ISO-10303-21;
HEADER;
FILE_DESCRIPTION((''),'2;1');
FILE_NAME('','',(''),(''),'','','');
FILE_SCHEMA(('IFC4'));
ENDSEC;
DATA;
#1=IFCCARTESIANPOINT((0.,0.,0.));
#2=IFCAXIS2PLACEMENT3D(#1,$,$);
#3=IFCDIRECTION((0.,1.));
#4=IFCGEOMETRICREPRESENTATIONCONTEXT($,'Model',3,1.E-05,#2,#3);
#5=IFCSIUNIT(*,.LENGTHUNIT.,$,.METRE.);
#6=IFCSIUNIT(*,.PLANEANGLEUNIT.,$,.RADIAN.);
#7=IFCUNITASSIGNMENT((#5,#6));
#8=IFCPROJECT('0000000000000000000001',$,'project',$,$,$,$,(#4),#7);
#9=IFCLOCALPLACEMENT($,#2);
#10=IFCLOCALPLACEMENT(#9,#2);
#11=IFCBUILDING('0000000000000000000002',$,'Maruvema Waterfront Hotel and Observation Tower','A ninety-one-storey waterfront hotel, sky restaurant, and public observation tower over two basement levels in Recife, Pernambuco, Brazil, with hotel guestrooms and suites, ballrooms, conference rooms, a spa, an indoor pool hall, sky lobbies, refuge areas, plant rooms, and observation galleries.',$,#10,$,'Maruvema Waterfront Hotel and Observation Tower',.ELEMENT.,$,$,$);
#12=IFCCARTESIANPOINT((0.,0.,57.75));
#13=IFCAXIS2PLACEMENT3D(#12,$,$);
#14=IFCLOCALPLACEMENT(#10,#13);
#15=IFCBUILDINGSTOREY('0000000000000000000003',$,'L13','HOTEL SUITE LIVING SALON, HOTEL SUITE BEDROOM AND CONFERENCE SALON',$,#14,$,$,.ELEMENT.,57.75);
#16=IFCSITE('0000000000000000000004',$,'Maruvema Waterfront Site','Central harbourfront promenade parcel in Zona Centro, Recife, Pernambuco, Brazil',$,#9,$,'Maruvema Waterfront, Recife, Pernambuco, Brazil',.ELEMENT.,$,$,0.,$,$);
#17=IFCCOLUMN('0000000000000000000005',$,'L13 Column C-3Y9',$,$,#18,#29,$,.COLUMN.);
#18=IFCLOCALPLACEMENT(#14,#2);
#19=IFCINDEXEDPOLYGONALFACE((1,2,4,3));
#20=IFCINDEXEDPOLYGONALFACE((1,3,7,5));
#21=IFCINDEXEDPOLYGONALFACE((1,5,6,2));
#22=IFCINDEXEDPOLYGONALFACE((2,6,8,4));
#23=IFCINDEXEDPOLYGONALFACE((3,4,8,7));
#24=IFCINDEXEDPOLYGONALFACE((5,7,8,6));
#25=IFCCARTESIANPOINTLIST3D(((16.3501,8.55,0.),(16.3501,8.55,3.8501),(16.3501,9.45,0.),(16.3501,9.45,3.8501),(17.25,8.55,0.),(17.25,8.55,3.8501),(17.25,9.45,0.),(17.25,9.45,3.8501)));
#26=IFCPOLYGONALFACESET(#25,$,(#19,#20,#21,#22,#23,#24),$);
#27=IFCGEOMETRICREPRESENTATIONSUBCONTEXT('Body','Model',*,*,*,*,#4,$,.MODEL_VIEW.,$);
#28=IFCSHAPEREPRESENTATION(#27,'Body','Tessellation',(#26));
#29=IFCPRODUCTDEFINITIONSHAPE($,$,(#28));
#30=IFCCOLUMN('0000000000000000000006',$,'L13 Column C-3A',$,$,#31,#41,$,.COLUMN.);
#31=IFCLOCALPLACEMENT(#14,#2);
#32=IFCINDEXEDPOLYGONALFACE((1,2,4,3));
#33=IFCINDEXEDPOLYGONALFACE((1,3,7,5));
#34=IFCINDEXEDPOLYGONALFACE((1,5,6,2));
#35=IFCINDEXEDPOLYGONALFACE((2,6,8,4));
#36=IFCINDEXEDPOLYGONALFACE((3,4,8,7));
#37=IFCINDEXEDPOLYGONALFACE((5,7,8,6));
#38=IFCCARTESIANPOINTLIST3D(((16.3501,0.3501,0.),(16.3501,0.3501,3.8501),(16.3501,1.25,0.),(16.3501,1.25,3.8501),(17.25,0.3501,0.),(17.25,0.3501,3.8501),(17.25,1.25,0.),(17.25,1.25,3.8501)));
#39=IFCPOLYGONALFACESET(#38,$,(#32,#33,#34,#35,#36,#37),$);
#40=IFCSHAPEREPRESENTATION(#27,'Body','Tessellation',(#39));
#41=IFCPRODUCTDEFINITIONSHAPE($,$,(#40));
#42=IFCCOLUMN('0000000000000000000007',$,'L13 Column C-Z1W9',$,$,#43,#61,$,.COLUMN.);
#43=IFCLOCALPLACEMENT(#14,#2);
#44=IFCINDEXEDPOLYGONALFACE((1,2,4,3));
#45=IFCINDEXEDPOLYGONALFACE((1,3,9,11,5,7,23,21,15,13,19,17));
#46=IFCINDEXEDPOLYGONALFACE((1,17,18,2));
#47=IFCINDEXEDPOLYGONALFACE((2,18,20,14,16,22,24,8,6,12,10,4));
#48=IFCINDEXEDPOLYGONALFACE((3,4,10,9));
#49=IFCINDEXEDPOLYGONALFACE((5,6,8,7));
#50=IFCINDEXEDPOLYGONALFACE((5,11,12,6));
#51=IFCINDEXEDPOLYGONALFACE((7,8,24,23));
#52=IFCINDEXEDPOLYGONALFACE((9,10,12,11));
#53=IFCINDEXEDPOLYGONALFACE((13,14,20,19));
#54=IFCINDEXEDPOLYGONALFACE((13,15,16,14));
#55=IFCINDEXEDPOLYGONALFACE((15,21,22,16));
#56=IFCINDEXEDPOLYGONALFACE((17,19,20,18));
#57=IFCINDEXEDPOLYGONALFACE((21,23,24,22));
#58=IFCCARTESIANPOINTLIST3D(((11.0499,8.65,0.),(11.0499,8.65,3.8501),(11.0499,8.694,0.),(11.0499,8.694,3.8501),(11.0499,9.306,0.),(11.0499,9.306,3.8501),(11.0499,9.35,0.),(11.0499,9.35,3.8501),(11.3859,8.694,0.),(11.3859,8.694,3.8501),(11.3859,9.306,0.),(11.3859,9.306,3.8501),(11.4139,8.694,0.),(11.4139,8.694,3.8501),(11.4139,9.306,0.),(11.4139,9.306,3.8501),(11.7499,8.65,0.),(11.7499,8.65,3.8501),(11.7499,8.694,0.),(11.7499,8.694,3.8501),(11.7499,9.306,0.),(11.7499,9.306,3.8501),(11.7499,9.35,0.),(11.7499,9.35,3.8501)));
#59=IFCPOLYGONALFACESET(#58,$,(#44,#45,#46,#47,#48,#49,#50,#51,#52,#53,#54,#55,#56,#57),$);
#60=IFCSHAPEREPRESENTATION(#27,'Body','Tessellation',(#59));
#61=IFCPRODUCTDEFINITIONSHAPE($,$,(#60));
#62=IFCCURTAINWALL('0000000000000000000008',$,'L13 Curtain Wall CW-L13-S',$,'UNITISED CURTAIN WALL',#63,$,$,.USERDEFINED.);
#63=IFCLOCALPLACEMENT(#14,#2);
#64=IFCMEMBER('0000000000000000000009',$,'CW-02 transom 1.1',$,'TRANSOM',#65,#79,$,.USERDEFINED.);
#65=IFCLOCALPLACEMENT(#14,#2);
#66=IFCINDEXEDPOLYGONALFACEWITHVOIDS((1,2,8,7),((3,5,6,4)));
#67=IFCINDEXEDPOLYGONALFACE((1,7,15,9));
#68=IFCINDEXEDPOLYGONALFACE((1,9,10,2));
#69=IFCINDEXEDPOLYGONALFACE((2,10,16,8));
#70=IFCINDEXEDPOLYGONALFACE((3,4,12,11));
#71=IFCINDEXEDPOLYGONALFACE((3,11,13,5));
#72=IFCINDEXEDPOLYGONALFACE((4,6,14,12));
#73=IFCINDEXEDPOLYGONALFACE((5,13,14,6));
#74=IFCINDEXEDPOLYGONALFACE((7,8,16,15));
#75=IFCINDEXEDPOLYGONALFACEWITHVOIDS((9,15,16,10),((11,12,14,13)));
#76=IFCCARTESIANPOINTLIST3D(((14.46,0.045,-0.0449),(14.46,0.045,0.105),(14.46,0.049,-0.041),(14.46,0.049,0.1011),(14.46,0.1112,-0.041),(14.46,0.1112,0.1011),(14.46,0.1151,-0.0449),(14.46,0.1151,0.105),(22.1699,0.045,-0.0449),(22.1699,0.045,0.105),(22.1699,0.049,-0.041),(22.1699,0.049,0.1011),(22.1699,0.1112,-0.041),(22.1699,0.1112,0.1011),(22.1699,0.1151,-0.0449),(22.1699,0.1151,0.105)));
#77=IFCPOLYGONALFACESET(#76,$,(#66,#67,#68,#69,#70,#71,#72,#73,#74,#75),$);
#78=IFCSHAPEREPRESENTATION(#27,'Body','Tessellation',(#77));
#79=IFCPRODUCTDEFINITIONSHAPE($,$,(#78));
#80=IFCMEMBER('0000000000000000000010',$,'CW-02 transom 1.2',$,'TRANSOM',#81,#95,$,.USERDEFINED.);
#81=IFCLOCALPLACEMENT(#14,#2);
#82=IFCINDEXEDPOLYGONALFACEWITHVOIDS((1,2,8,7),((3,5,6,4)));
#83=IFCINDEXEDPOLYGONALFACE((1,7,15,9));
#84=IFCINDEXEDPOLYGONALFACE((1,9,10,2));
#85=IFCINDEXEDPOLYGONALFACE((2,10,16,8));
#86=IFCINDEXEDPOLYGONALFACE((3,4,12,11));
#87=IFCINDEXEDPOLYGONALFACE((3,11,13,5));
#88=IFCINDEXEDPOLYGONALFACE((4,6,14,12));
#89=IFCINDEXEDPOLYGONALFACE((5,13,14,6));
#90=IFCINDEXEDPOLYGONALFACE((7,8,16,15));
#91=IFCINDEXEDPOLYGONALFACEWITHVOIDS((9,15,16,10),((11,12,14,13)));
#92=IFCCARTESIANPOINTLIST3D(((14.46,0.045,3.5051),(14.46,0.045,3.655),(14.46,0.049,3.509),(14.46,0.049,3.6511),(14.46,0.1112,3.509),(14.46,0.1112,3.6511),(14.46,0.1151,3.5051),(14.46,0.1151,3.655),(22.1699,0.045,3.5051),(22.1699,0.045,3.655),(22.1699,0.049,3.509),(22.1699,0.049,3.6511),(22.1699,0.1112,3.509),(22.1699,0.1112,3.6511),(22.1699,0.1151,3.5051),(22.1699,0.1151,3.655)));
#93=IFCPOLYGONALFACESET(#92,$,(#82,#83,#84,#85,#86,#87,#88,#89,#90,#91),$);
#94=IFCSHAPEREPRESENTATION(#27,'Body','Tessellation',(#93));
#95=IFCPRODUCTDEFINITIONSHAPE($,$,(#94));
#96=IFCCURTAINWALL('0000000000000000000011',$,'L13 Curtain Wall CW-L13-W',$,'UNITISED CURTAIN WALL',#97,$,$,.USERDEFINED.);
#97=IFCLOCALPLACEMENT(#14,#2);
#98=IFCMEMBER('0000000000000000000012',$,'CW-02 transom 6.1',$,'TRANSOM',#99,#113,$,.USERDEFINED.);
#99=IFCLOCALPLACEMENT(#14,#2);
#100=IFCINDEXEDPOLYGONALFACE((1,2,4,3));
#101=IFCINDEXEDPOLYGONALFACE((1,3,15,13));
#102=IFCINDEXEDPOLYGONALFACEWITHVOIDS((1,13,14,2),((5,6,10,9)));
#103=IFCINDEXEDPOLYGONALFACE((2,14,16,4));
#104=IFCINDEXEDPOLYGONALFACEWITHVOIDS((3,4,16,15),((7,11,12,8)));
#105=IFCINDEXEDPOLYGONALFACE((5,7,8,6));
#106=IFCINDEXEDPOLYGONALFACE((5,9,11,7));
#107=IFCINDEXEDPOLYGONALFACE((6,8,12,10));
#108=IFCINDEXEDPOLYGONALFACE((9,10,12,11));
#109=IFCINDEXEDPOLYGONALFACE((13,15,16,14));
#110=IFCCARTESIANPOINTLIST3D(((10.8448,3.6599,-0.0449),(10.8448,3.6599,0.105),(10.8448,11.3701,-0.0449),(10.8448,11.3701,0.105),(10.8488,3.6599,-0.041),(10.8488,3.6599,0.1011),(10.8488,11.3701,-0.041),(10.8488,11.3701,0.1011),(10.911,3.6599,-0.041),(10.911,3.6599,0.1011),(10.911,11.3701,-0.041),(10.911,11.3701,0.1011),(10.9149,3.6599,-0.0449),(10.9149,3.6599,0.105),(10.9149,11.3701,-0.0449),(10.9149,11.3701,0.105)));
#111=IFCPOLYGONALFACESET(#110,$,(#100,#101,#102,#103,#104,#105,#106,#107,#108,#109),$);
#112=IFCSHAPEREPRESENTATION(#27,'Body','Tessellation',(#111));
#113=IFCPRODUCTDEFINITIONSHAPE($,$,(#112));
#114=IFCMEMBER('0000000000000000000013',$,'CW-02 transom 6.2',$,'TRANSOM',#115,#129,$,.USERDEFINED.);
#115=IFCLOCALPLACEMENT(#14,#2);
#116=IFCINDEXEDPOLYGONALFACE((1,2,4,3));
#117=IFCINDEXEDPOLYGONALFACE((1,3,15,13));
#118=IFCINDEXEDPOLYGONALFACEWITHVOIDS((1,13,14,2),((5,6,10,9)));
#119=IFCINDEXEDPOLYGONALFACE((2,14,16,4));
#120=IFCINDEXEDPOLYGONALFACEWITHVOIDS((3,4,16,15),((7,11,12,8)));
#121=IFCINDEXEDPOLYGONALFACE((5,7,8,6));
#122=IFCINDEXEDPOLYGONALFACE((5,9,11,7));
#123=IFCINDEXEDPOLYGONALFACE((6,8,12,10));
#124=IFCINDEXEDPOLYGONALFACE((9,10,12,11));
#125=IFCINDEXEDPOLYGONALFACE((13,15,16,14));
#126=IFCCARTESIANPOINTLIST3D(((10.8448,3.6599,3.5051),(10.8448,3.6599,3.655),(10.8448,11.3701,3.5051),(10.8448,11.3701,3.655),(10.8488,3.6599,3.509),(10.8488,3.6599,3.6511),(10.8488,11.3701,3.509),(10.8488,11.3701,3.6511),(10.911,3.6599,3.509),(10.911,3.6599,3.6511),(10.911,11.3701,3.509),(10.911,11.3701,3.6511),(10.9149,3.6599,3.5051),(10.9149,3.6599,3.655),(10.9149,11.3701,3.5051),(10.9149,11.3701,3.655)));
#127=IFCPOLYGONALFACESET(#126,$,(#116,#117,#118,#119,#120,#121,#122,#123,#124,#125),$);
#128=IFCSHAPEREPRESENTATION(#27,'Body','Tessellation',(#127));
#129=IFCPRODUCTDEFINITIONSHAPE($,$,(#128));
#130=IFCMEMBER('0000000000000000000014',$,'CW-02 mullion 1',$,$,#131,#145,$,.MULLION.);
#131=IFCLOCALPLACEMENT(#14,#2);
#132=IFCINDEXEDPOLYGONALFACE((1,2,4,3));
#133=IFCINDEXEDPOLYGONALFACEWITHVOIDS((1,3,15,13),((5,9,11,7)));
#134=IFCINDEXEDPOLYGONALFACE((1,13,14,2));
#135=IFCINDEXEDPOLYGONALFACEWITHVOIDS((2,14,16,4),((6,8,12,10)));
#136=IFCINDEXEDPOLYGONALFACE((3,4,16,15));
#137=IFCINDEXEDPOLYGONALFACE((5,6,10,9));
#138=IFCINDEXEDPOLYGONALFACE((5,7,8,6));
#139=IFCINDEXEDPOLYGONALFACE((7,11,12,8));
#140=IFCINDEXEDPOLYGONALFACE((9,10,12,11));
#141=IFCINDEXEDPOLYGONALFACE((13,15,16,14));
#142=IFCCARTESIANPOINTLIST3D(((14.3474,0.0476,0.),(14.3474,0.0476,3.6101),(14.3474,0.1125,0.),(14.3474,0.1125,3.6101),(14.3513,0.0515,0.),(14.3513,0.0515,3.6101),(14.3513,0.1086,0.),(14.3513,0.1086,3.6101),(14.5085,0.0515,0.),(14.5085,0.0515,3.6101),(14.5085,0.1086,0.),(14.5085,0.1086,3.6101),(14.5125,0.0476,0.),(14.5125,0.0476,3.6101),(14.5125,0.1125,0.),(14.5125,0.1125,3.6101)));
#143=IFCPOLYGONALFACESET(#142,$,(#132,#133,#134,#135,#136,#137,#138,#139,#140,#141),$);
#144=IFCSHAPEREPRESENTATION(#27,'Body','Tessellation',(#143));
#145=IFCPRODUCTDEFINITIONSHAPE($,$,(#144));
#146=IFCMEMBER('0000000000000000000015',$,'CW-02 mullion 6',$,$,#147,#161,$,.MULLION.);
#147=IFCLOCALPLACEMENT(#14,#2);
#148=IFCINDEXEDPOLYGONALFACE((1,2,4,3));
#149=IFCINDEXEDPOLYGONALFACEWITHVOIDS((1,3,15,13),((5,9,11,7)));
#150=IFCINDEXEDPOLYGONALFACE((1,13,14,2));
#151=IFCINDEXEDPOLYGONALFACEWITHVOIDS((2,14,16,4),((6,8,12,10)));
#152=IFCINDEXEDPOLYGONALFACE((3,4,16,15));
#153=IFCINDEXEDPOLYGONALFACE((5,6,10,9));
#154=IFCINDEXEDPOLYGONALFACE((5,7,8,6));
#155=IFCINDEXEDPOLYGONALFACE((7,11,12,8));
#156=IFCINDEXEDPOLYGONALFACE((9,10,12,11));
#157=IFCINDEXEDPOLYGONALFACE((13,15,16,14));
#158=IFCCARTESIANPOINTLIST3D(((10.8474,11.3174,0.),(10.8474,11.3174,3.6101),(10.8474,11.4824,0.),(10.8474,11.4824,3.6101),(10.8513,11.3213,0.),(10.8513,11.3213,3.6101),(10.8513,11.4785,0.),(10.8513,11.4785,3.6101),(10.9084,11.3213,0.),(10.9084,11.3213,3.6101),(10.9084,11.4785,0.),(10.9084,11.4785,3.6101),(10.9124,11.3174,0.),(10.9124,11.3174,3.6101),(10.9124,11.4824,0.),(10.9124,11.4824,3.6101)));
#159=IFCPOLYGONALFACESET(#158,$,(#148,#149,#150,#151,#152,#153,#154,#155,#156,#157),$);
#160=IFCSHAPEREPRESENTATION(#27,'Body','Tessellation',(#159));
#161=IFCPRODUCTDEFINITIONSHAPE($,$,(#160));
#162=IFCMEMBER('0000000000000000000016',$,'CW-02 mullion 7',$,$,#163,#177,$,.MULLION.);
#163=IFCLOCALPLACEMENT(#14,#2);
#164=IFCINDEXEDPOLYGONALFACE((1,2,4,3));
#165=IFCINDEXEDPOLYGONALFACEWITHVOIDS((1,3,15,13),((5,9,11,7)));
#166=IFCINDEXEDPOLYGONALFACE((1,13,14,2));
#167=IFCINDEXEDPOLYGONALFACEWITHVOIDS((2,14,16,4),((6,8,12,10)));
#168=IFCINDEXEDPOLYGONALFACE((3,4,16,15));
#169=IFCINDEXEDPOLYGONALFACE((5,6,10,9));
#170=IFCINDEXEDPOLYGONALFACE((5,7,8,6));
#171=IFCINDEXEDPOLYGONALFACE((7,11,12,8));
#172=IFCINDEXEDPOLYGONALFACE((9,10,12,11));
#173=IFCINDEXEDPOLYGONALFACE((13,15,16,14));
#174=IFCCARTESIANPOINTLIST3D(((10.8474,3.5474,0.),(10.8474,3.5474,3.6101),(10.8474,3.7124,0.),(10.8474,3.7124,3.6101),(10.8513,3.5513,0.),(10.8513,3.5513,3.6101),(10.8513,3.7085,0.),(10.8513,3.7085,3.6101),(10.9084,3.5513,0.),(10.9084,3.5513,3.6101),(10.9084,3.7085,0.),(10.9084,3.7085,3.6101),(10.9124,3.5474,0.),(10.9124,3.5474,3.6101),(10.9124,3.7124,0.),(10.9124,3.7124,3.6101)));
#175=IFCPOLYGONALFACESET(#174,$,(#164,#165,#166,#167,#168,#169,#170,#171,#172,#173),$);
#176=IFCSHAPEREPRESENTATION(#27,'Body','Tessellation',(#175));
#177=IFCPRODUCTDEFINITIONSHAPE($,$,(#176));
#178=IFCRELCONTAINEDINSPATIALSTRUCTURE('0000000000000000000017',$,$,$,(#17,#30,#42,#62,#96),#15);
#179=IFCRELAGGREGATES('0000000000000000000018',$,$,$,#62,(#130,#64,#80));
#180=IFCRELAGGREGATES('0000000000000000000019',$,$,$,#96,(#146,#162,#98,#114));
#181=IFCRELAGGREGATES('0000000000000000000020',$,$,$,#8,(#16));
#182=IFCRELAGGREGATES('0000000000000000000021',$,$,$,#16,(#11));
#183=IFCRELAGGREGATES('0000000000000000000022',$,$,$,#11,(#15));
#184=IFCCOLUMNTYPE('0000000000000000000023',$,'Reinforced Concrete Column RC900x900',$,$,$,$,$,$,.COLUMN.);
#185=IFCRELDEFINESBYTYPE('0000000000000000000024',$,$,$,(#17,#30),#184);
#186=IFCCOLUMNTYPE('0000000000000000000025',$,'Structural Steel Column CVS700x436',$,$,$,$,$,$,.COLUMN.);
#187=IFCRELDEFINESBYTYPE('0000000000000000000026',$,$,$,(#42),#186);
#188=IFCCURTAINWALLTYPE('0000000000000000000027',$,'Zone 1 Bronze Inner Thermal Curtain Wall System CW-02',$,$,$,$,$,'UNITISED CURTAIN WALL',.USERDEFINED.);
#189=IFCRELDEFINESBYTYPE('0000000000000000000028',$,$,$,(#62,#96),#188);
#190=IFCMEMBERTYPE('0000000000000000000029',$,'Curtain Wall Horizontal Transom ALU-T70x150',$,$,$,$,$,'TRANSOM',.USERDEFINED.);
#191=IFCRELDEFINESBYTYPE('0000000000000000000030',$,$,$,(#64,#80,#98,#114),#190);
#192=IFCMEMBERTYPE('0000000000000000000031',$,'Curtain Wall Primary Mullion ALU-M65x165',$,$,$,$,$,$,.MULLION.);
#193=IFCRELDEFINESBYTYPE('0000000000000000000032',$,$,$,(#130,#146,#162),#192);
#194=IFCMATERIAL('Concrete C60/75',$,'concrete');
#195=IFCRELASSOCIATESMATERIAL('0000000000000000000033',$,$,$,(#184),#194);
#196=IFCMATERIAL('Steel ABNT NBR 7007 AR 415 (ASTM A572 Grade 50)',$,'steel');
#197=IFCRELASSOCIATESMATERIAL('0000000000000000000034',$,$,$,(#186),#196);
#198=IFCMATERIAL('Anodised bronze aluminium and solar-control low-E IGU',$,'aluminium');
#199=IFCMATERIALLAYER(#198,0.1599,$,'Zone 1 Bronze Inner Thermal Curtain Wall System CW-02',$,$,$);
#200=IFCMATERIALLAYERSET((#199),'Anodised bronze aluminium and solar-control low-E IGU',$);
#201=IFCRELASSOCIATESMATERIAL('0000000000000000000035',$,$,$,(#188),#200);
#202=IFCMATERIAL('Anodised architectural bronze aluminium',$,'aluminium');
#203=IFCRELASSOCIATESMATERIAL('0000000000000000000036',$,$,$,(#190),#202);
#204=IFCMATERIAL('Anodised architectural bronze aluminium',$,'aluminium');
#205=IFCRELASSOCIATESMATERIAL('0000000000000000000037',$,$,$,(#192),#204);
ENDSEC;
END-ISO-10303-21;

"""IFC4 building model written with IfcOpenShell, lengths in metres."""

from ifc_helpers import new_model, si_unit, direction, frame, origin, origin_2d, place, context, subcontext, project, spatial, rectangle, hollow_rectangle, i_section, extrude, material, layer, layer_set, material_profile, profile_set, type_object, element, aggregate, save


model = new_model("IFC4")

# Units and contexts
model_context = context("Model", 3, precision=1e-05, world=origin(), true_north=direction((0.0, 1.0)))
body_context = subcontext(model_context, "Body", "Model", "MODEL_VIEW")
ifc_project = project(units=[si_unit("LENGTHUNIT", "METRE"), si_unit("PLANEANGLEUNIT", "RADIAN")], contexts=[model_context])

# Site, building, storey
site_placement = place(None, origin())
site = spatial("IfcSite", under=ifc_project, at=site_placement, Name="Maruvema Waterfront Site", Description="Central harbourfront promenade parcel in Zona Centro, Recife, Pernambuco, Brazil", LongName="Maruvema Waterfront, Recife, Pernambuco, Brazil", CompositionType="ELEMENT", RefElevation=0.0)
building_placement = place(site_placement, origin())
building = spatial("IfcBuilding", under=site, at=building_placement, Name="Maruvema Waterfront Hotel and Observation Tower", Description="A ninety-one-storey waterfront hotel, sky restaurant, and public observation tower over two basement levels in Recife, Pernambuco, Brazil, with hotel guestrooms and suites, ballrooms, conference rooms, a spa, an indoor pool hall, sky lobbies, refuge areas, plant rooms, and observation galleries.", LongName="Maruvema Waterfront Hotel and Observation Tower", CompositionType="ELEMENT")
storey_placement = place(building_placement, frame((0.0, 0.0, 57.75)))
storey = spatial("IfcBuildingStorey", under=building, at=storey_placement, Name="L13", Description="HOTEL SUITE LIVING SALON, HOTEL SUITE BEDROOM AND CONFERENCE SALON", CompositionType="ELEMENT", Elevation=57.75)

# Columns
ifc_material_1 = material(Name="Concrete C60/75", Category="concrete")
ifc_material_profile_1 = material_profile(ifc_material_1, rectangle(XDim=0.8999, YDim=0.8999, at=origin_2d()), Name="RC900x900")
ifc_profile_set_1 = profile_set([ifc_material_profile_1], Name="Concrete C60/75")
column_type_1 = type_object("IfcColumnType", Name="Reinforced Concrete Column RC900x900", PredefinedType="COLUMN", material=ifc_profile_set_1)
for number, where, z_axis, x_axis, name in (
    (1, (16.8, 9.0, 0.0), (0.0, 0.0, 1.0), (1.0, 0.0, 0.0), "L13 Column C-3Y9"),
    (2, (16.8, 0.8, 0.0), (0.0, 0.0, 1.0), (1.0, 0.0, 0.0), "L13 Column C-3A"),
):
    element("IfcColumn", number, at=place(storey_placement, frame(where, z_axis=z_axis, x_axis=x_axis)), inside=storey, type_object=column_type_1, Name=name, PredefinedType="COLUMN", context=body_context, shape_type="SweptSolid", body=[
        extrude(rectangle(XDim=0.8999, YDim=0.8999, at=origin_2d()), origin(), (0.0, 0.0, 1.0), 3.8501),
    ])
ifc_material_2 = material(Name="Steel ABNT NBR 7007 AR 415 (ASTM A572 Grade 50)", Category="steel")
ifc_material_profile_2 = material_profile(ifc_material_2, i_section(OverallWidth=0.7, OverallDepth=0.7, WebThickness=0.0281, FlangeThickness=0.0439, at=origin_2d()), Name="CVS700x436")
ifc_profile_set_2 = profile_set([ifc_material_profile_2], Name="Steel ABNT NBR 7007 AR 415 (ASTM A572 Grade 50)")
column_type_2 = type_object("IfcColumnType", Name="Structural Steel Column CVS700x436", PredefinedType="COLUMN", material=ifc_profile_set_2)
column_placement = place(storey_placement, frame((11.3999, 9.0, 0.0), z_axis=(0.0, 0.0, 1.0), x_axis=(1.0, 0.0, 0.0)))
element("IfcColumn", 3, at=column_placement, inside=storey, type_object=column_type_2, Name="L13 Column C-Z1W9", PredefinedType="COLUMN", context=body_context, shape_type="SweptSolid", body=[
    extrude(i_section(OverallWidth=0.7, OverallDepth=0.7, WebThickness=0.0281, FlangeThickness=0.0439, at=origin_2d()), origin(), (0.0, 0.0, 1.0), 3.8501),
])

# Curtain walls, members
ifc_material_3 = material(Name="Anodised bronze aluminium and solar-control low-E IGU", Category="aluminium")
ifc_layer_1 = layer(ifc_material_3, 0.1599, Name="Zone 1 Bronze Inner Thermal Curtain Wall System CW-02")
ifc_layer_set_1 = layer_set([ifc_layer_1], Name="Anodised bronze aluminium and solar-control low-E IGU")
curtain_wall_type = type_object("IfcCurtainWallType", Name="Zone 1 Bronze Inner Thermal Curtain Wall System CW-02", ElementType="UNITISED CURTAIN WALL", PredefinedType="USERDEFINED", material=ifc_layer_set_1)
curtain_wall_1_placement = place(storey_placement, origin())
curtain_wall_1 = element("IfcCurtainWall", 4, at=curtain_wall_1_placement, inside=storey, type_object=curtain_wall_type, Name="L13 Curtain Wall CW-L13-S", ObjectType="UNITISED CURTAIN WALL", PredefinedType="USERDEFINED")
ifc_material_4 = material(Name="Anodised architectural bronze aluminium", Category="aluminium")
ifc_material_profile_3 = material_profile(ifc_material_4, hollow_rectangle(XDim=0.0701, YDim=0.1499, WallThickness=0.0039, at=origin_2d()), Name="ALU-T70x150")
ifc_profile_set_3 = profile_set([ifc_material_profile_3], Name="Anodised architectural bronze aluminium")
member_type_1 = type_object("IfcMemberType", Name="Curtain Wall Horizontal Transom ALU-T70x150", ElementType="TRANSOM", PredefinedType="USERDEFINED", material=ifc_profile_set_3)
member_1_placement = place(storey_placement, frame((14.46, 0.0801, 0.03), z_axis=(1.0, 0.0, 0.0), x_axis=(0.0, 1.0, 0.0)))
member_1 = element("IfcMember", 5, at=member_1_placement, type_object=member_type_1, Name="CW-02 transom 1.1", ObjectType="TRANSOM", PredefinedType="USERDEFINED", context=body_context, shape_type="SweptSolid", body=[
    extrude(hollow_rectangle(XDim=0.0701, YDim=0.1499, WallThickness=0.0039, at=origin_2d()), origin(), (0.0, 0.0, 1.0), 7.71),
])
member_2_placement = place(storey_placement, frame((14.46, 0.0801, 3.5801), z_axis=(1.0, 0.0, 0.0), x_axis=(0.0, 1.0, 0.0)))
member_2 = element("IfcMember", 6, at=member_2_placement, type_object=member_type_1, Name="CW-02 transom 1.2", ObjectType="TRANSOM", PredefinedType="USERDEFINED", context=body_context, shape_type="SweptSolid", body=[
    extrude(hollow_rectangle(XDim=0.0701, YDim=0.1499, WallThickness=0.0039, at=origin_2d()), origin(), (0.0, 0.0, 1.0), 7.71),
])
curtain_wall_2_placement = place(storey_placement, origin())
curtain_wall_2 = element("IfcCurtainWall", 7, at=curtain_wall_2_placement, inside=storey, type_object=curtain_wall_type, Name="L13 Curtain Wall CW-L13-W", ObjectType="UNITISED CURTAIN WALL", PredefinedType="USERDEFINED")
member_3_placement = place(storey_placement, frame((10.8799, 11.3701, 0.03), z_axis=(0.0, -1.0, 0.0), x_axis=(1.0, 0.0, 0.0)))
member_3 = element("IfcMember", 8, at=member_3_placement, type_object=member_type_1, Name="CW-02 transom 6.1", ObjectType="TRANSOM", PredefinedType="USERDEFINED", context=body_context, shape_type="SweptSolid", body=[
    extrude(hollow_rectangle(XDim=0.0701, YDim=0.1499, WallThickness=0.0039, at=origin_2d()), origin(), (0.0, 0.0, 1.0), 7.7102),
])
member_4_placement = place(storey_placement, frame((10.8799, 11.3701, 3.5801), z_axis=(0.0, -1.0, 0.0), x_axis=(1.0, 0.0, 0.0)))
member_4 = element("IfcMember", 9, at=member_4_placement, type_object=member_type_1, Name="CW-02 transom 6.2", ObjectType="TRANSOM", PredefinedType="USERDEFINED", context=body_context, shape_type="SweptSolid", body=[
    extrude(hollow_rectangle(XDim=0.0701, YDim=0.1499, WallThickness=0.0039, at=origin_2d()), origin(), (0.0, 0.0, 1.0), 7.7102),
])

# Members
ifc_material_5 = material(Name="Anodised architectural bronze aluminium", Category="aluminium")
ifc_material_profile_4 = material_profile(ifc_material_5, hollow_rectangle(XDim=0.0649, YDim=0.165, WallThickness=0.0039, at=origin_2d()), Name="ALU-M65x165")
ifc_profile_set_4 = profile_set([ifc_material_profile_4], Name="Anodised architectural bronze aluminium")
member_type_2 = type_object("IfcMemberType", Name="Curtain Wall Primary Mullion ALU-M65x165", PredefinedType="MULLION", material=ifc_profile_set_4)
member_5_placement = place(storey_placement, frame((14.4299, 0.0801, 0.0), z_axis=(0.0, 0.0, 1.0), x_axis=(0.0, 1.0, 0.0)))
member_5 = element("IfcMember", 10, at=member_5_placement, type_object=member_type_2, Name="CW-02 mullion 1", PredefinedType="MULLION", context=body_context, shape_type="SweptSolid", body=[
    extrude(hollow_rectangle(XDim=0.0649, YDim=0.165, WallThickness=0.0039, at=origin_2d()), origin(), (0.0, 0.0, 1.0), 3.6101),
])
member_6_placement = place(storey_placement, frame((10.8799, 11.3999, 0.0), z_axis=(0.0, 0.0, 1.0), x_axis=(1.0, 0.0, 0.0)))
member_6 = element("IfcMember", 11, at=member_6_placement, type_object=member_type_2, Name="CW-02 mullion 6", PredefinedType="MULLION", context=body_context, shape_type="SweptSolid", body=[
    extrude(hollow_rectangle(XDim=0.0649, YDim=0.165, WallThickness=0.0039, at=origin_2d()), origin(), (0.0, 0.0, 1.0), 3.6101),
])
member_7_placement = place(storey_placement, frame((10.8799, 3.6299, 0.0), z_axis=(0.0, 0.0, 1.0), x_axis=(1.0, 0.0, 0.0)))
member_7 = element("IfcMember", 12, at=member_7_placement, type_object=member_type_2, Name="CW-02 mullion 7", PredefinedType="MULLION", context=body_context, shape_type="SweptSolid", body=[
    extrude(hollow_rectangle(XDim=0.0649, YDim=0.165, WallThickness=0.0039, at=origin_2d()), origin(), (0.0, 0.0, 1.0), 3.6101),
])

aggregate(curtain_wall_1, [member_5, member_1, member_2])
aggregate(curtain_wall_2, [member_6, member_7, member_3, member_4])

save(model, "model.ifc")
